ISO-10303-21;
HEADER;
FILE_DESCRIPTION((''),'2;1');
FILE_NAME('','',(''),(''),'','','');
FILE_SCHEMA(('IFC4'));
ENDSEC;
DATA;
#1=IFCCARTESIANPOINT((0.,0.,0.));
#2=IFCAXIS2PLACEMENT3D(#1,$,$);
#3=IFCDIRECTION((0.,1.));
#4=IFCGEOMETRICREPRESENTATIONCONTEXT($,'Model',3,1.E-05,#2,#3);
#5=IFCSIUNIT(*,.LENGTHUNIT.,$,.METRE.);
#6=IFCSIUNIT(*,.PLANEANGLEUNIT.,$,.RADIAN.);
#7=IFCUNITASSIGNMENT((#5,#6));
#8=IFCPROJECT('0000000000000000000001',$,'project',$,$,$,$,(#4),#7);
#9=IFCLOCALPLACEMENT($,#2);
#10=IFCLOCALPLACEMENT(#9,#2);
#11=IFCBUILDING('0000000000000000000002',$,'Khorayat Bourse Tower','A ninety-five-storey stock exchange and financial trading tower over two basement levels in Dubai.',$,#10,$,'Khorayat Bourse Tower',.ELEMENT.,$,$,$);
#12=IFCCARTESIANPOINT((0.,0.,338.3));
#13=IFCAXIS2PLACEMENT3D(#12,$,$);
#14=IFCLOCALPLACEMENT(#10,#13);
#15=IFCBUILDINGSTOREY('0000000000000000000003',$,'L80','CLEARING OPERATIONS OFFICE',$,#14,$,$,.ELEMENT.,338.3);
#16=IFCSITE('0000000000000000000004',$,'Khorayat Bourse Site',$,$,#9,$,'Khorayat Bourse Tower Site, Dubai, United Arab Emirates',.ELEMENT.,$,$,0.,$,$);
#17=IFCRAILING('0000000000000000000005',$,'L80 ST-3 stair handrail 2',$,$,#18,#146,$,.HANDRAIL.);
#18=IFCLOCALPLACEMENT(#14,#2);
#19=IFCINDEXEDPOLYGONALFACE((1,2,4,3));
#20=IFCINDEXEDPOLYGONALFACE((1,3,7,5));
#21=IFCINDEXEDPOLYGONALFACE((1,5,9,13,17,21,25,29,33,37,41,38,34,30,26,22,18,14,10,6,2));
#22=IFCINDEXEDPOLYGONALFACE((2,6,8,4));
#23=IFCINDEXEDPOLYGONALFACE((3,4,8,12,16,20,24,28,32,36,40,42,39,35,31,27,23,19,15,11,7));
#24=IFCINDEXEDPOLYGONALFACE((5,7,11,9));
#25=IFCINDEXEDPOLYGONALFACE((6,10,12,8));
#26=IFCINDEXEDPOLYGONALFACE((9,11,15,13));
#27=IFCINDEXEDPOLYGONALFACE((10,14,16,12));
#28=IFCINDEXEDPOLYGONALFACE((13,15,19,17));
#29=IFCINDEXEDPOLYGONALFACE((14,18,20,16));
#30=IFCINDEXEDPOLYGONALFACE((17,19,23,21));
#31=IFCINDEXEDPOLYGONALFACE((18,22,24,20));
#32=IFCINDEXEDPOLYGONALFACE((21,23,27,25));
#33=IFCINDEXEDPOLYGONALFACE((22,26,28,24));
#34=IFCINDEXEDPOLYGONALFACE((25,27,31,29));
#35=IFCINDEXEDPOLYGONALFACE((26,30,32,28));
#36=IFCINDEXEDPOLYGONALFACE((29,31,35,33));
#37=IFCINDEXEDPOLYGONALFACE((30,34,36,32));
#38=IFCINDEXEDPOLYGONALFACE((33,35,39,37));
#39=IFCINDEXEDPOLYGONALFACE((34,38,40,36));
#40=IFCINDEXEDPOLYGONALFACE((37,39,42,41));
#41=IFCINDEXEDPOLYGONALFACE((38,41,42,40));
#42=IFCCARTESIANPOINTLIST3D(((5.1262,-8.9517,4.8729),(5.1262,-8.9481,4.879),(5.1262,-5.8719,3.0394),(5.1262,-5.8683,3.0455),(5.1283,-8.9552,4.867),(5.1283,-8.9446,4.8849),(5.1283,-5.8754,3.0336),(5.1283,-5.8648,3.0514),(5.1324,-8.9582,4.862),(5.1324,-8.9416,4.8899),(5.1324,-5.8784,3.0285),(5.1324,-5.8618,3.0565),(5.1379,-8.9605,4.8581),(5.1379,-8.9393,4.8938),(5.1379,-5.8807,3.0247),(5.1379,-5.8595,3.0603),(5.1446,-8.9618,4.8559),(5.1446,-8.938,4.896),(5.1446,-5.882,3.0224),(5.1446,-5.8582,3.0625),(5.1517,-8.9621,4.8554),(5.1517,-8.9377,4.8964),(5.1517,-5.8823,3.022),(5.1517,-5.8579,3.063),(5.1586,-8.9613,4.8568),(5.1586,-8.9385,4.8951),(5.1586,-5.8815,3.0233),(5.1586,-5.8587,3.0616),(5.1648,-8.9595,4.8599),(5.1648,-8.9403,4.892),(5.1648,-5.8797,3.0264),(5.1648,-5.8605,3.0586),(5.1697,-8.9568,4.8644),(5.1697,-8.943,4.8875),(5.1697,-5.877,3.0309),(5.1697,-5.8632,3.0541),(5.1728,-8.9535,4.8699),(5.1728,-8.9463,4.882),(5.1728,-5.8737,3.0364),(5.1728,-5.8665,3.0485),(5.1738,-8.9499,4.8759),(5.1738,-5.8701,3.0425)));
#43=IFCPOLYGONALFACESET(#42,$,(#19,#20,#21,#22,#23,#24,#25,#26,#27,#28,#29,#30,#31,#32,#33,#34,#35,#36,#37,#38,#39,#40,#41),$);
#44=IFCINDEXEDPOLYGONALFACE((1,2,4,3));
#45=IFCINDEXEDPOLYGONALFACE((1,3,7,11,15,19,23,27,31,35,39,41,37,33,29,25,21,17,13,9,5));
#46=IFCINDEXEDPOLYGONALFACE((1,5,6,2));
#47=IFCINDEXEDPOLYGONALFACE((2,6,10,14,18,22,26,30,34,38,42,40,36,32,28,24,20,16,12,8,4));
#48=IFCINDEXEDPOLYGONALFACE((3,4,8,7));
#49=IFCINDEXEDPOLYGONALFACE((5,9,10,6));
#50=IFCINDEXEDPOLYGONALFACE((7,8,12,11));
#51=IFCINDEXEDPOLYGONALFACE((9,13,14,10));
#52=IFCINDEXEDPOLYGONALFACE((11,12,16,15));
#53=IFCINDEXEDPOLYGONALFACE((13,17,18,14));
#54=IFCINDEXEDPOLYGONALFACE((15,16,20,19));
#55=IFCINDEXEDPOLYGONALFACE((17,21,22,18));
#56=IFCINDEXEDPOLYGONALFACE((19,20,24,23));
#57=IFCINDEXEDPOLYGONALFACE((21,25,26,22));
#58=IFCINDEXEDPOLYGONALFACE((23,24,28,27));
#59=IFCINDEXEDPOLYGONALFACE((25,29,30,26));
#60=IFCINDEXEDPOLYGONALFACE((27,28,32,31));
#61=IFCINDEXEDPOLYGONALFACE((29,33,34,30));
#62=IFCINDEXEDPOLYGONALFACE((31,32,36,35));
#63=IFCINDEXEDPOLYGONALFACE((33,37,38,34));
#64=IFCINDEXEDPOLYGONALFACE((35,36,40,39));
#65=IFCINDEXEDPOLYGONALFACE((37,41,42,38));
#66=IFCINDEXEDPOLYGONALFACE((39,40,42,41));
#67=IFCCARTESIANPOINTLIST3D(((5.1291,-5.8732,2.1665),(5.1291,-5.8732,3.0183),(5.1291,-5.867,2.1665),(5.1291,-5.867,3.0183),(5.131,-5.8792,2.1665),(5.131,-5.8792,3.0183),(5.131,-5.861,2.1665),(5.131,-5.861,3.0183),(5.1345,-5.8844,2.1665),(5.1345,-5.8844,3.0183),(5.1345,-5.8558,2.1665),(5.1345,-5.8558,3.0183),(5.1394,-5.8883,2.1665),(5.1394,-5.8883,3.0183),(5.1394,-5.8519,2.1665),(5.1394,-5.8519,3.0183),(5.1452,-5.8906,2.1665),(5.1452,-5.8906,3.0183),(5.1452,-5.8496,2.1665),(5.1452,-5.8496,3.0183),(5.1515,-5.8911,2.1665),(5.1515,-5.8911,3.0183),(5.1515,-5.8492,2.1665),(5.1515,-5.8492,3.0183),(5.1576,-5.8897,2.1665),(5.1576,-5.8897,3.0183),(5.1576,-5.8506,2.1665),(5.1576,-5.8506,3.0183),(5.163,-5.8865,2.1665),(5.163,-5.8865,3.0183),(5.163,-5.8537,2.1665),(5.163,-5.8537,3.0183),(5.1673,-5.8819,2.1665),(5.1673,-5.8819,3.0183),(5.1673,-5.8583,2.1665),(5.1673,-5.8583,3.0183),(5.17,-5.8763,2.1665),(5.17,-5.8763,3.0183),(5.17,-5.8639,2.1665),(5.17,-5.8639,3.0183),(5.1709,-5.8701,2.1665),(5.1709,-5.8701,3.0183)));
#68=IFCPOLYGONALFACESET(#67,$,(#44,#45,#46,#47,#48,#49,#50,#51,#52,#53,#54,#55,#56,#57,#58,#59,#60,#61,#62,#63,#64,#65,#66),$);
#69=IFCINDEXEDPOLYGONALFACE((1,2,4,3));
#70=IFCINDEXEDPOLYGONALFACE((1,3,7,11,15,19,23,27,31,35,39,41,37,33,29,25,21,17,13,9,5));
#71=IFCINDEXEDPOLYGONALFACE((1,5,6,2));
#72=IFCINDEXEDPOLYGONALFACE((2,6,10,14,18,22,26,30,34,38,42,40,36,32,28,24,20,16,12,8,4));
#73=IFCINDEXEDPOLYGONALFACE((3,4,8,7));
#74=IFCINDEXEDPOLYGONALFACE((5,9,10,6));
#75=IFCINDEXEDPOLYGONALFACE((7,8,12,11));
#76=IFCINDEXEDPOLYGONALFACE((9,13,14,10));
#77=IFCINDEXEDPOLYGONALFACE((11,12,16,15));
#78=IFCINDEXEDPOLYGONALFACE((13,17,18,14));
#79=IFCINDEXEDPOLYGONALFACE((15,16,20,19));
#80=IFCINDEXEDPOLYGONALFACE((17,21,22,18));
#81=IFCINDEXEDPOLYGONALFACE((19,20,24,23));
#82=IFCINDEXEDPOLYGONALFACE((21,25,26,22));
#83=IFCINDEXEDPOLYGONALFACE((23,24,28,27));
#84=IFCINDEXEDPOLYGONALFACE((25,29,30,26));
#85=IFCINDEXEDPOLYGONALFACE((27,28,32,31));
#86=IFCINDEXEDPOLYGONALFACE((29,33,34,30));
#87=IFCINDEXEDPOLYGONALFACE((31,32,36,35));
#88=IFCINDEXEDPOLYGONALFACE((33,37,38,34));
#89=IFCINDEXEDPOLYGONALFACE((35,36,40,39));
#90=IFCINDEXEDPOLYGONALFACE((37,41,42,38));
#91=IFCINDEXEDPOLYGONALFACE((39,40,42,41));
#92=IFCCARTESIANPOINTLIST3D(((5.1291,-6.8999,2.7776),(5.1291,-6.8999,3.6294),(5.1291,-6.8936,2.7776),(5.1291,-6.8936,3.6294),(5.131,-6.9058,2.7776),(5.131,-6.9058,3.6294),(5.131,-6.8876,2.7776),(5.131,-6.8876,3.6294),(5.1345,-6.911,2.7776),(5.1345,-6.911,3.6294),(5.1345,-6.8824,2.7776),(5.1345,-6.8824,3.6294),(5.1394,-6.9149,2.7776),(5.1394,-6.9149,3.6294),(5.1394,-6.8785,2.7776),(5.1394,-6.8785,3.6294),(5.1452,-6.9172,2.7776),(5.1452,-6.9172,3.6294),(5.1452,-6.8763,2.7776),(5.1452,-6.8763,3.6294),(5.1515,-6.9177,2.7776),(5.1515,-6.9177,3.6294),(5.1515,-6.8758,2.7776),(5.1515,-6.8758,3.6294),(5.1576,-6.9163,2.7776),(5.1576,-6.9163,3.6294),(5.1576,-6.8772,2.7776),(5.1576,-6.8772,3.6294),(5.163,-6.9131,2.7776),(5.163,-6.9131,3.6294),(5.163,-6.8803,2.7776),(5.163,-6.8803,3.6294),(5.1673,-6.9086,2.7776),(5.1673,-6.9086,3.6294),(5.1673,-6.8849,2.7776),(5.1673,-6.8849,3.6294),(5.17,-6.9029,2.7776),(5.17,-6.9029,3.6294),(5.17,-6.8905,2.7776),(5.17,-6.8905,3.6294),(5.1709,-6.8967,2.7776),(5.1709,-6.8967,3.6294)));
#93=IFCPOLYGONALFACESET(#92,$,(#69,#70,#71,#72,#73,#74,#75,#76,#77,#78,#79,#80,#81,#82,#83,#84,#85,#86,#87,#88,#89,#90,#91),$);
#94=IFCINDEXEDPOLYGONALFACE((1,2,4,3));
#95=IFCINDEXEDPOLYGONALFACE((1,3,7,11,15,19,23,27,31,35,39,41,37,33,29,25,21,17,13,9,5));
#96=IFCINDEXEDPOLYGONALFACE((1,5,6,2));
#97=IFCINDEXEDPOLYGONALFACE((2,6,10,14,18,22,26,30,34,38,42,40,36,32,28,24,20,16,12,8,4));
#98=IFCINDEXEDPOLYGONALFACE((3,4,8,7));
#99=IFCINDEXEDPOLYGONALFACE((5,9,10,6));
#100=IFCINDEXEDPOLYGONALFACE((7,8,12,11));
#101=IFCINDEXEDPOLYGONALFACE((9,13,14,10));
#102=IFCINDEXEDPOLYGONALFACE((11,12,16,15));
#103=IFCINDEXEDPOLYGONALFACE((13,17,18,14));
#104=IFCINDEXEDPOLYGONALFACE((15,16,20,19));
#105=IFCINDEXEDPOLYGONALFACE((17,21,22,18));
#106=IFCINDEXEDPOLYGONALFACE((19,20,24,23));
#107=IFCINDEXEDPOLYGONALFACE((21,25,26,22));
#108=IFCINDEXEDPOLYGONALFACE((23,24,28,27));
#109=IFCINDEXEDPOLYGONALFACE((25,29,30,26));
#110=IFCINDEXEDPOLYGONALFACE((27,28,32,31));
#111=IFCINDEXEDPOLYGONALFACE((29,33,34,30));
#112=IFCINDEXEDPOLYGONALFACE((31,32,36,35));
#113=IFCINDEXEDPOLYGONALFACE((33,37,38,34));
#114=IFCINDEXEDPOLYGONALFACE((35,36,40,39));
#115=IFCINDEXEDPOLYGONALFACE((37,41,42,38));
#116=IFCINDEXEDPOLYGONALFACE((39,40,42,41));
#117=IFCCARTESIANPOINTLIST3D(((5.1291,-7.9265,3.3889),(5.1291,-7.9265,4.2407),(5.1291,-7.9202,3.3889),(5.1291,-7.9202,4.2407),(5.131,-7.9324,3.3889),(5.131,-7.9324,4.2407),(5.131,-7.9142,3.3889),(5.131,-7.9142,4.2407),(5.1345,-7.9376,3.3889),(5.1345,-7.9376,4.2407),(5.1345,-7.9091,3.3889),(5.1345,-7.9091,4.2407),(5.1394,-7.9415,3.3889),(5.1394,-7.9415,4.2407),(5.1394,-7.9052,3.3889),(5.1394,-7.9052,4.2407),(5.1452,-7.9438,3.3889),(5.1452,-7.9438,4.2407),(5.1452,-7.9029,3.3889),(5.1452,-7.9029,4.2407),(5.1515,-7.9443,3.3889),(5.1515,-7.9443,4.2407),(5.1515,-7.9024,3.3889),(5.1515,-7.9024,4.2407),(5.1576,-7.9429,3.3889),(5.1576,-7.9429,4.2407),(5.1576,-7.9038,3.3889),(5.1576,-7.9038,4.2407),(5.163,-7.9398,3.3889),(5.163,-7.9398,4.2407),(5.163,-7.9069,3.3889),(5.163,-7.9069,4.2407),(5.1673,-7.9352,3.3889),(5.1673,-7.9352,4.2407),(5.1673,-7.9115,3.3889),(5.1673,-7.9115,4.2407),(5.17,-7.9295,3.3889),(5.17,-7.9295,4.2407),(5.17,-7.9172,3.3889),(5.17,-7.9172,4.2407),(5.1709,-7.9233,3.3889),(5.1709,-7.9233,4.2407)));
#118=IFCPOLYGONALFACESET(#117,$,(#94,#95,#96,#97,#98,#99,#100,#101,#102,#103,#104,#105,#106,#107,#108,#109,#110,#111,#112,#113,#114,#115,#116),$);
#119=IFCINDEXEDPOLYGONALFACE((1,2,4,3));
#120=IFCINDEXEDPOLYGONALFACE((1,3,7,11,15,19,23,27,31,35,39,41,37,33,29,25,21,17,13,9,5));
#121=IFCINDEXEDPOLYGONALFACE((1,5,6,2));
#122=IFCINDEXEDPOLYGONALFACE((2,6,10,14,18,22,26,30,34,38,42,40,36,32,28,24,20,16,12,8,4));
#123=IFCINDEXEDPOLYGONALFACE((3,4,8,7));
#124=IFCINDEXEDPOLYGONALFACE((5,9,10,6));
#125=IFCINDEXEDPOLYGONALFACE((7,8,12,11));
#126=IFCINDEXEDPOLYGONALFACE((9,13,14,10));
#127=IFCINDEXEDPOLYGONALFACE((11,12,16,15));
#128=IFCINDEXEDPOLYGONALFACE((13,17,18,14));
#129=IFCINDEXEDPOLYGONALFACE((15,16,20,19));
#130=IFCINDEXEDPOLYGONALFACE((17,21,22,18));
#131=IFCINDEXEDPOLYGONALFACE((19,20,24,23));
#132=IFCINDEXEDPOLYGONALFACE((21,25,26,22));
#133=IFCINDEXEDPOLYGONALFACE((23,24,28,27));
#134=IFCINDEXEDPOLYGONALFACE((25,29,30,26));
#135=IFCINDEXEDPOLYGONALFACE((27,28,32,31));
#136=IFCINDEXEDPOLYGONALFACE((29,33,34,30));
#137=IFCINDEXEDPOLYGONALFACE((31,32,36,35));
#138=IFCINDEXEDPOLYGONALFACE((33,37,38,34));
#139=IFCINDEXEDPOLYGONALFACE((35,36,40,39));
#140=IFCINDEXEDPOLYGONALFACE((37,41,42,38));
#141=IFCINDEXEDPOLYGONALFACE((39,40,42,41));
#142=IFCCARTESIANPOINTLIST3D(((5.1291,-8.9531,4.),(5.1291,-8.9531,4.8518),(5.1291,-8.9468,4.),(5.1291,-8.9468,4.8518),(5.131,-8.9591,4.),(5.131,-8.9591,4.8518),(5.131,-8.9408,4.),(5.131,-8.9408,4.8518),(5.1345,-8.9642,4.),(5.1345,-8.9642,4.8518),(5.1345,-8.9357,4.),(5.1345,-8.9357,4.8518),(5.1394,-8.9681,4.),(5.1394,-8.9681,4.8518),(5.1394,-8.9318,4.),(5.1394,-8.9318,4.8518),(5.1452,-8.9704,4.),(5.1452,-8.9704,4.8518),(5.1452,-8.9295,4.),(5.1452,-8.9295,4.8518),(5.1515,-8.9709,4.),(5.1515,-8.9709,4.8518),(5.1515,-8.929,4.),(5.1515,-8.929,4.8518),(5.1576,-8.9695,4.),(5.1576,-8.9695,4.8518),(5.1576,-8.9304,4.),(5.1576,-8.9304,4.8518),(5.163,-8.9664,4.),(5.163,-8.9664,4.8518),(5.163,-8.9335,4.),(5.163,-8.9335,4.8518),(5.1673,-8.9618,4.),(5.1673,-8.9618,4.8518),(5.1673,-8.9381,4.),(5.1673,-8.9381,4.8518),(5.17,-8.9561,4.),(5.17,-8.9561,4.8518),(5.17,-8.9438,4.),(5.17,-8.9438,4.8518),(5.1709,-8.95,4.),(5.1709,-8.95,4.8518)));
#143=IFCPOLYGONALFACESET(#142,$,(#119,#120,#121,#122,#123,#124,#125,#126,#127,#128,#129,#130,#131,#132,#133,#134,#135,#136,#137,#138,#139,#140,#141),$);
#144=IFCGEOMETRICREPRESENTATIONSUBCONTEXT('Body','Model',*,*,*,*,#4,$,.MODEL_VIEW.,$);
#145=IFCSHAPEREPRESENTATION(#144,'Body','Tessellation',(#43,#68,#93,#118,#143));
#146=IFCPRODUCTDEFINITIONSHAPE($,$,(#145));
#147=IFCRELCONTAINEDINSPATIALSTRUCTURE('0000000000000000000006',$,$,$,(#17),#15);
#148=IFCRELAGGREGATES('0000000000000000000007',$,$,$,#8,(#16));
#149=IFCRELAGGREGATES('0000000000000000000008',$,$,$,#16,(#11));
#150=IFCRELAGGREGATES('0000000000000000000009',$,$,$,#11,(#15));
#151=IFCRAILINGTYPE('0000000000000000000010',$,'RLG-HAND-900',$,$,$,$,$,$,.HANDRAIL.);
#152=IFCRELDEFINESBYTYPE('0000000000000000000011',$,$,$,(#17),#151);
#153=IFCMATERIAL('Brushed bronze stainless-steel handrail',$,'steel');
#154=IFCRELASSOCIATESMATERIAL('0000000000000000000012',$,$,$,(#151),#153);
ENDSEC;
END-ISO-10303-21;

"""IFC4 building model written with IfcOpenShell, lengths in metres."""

from ifc_helpers import new_model, si_unit, direction, frame, origin, origin_2d, place, context, subcontext, project, spatial, circle, extrude, source, transform, mapped, material, type_object, element, save


model = new_model("IFC4")

# Units and contexts
model_context = context("Model", 3, precision=1e-05, world=origin(), true_north=direction((0.0, 1.0)))
body_context = subcontext(model_context, "Body", "Model", "MODEL_VIEW")
ifc_project = project(units=[si_unit("LENGTHUNIT", "METRE"), si_unit("PLANEANGLEUNIT", "RADIAN")], contexts=[model_context])

# Site, building, storey
site_placement = place(None, origin())
site = spatial("IfcSite", under=ifc_project, at=site_placement, Name="Khorayat Bourse Site", LongName="Khorayat Bourse Tower Site, Dubai, United Arab Emirates", CompositionType="ELEMENT", RefElevation=0.0)
building_placement = place(site_placement, origin())
building = spatial("IfcBuilding", under=site, at=building_placement, Name="Khorayat Bourse Tower", Description="A ninety-five-storey stock exchange and financial trading tower over two basement levels in Dubai.", LongName="Khorayat Bourse Tower", CompositionType="ELEMENT")
storey_placement = place(building_placement, frame((0.0, 0.0, 338.3)))
storey = spatial("IfcBuildingStorey", under=building, at=storey_placement, Name="L80", Description="CLEARING OPERATIONS OFFICE", CompositionType="ELEMENT", Elevation=338.3)

# Railing
ifc_material_1 = material(Name="Brushed bronze stainless-steel handrail", Category="steel")
railing_type_1 = type_object("IfcRailingType", Name="RLG-HAND-900", PredefinedType="HANDRAIL", material=ifc_material_1)
shared_shape_1 = source(origin(), body_context, "Body", "SweptSolid", [
    extrude(circle(Radius=0.0239, at=origin_2d()), frame((0.0, 0.0, 0.876), z_axis=(0.0, -0.859261, 0.511538), x_axis=(1.0, 0.0, 0.0)), (0.0, 0.0, 1.0), 3.5842),
    extrude(circle(Radius=0.021, at=origin_2d()), origin(), (0.0, 0.0, 1.0), 0.8518),
    extrude(circle(Radius=0.021, at=origin_2d()), frame((0.0, -1.0266, 0.6111)), (0.0, 0.0, 1.0), 0.8518),
    extrude(circle(Radius=0.021, at=origin_2d()), frame((0.0, -2.0532, 1.2224)), (0.0, 0.0, 1.0), 0.8518),
    extrude(circle(Radius=0.021, at=origin_2d()), frame((0.0, -3.0798, 1.8335)), (0.0, 0.0, 1.0), 0.8518),
])
railing_1_placement = place(storey_placement, frame((5.1499, -5.8701, 2.1665)))
element("IfcRailing", 1, at=railing_1_placement, inside=storey, type_object=railing_type_1, Name="L80 ST-3 stair handrail 2", PredefinedType="HANDRAIL", context=body_context, shape_type="MappedRepresentation", body=[
    mapped(shared_shape_1, transform((0.0, 0.0, 0.0), scale=1.0)),
])

save(model, "model.ifc")
